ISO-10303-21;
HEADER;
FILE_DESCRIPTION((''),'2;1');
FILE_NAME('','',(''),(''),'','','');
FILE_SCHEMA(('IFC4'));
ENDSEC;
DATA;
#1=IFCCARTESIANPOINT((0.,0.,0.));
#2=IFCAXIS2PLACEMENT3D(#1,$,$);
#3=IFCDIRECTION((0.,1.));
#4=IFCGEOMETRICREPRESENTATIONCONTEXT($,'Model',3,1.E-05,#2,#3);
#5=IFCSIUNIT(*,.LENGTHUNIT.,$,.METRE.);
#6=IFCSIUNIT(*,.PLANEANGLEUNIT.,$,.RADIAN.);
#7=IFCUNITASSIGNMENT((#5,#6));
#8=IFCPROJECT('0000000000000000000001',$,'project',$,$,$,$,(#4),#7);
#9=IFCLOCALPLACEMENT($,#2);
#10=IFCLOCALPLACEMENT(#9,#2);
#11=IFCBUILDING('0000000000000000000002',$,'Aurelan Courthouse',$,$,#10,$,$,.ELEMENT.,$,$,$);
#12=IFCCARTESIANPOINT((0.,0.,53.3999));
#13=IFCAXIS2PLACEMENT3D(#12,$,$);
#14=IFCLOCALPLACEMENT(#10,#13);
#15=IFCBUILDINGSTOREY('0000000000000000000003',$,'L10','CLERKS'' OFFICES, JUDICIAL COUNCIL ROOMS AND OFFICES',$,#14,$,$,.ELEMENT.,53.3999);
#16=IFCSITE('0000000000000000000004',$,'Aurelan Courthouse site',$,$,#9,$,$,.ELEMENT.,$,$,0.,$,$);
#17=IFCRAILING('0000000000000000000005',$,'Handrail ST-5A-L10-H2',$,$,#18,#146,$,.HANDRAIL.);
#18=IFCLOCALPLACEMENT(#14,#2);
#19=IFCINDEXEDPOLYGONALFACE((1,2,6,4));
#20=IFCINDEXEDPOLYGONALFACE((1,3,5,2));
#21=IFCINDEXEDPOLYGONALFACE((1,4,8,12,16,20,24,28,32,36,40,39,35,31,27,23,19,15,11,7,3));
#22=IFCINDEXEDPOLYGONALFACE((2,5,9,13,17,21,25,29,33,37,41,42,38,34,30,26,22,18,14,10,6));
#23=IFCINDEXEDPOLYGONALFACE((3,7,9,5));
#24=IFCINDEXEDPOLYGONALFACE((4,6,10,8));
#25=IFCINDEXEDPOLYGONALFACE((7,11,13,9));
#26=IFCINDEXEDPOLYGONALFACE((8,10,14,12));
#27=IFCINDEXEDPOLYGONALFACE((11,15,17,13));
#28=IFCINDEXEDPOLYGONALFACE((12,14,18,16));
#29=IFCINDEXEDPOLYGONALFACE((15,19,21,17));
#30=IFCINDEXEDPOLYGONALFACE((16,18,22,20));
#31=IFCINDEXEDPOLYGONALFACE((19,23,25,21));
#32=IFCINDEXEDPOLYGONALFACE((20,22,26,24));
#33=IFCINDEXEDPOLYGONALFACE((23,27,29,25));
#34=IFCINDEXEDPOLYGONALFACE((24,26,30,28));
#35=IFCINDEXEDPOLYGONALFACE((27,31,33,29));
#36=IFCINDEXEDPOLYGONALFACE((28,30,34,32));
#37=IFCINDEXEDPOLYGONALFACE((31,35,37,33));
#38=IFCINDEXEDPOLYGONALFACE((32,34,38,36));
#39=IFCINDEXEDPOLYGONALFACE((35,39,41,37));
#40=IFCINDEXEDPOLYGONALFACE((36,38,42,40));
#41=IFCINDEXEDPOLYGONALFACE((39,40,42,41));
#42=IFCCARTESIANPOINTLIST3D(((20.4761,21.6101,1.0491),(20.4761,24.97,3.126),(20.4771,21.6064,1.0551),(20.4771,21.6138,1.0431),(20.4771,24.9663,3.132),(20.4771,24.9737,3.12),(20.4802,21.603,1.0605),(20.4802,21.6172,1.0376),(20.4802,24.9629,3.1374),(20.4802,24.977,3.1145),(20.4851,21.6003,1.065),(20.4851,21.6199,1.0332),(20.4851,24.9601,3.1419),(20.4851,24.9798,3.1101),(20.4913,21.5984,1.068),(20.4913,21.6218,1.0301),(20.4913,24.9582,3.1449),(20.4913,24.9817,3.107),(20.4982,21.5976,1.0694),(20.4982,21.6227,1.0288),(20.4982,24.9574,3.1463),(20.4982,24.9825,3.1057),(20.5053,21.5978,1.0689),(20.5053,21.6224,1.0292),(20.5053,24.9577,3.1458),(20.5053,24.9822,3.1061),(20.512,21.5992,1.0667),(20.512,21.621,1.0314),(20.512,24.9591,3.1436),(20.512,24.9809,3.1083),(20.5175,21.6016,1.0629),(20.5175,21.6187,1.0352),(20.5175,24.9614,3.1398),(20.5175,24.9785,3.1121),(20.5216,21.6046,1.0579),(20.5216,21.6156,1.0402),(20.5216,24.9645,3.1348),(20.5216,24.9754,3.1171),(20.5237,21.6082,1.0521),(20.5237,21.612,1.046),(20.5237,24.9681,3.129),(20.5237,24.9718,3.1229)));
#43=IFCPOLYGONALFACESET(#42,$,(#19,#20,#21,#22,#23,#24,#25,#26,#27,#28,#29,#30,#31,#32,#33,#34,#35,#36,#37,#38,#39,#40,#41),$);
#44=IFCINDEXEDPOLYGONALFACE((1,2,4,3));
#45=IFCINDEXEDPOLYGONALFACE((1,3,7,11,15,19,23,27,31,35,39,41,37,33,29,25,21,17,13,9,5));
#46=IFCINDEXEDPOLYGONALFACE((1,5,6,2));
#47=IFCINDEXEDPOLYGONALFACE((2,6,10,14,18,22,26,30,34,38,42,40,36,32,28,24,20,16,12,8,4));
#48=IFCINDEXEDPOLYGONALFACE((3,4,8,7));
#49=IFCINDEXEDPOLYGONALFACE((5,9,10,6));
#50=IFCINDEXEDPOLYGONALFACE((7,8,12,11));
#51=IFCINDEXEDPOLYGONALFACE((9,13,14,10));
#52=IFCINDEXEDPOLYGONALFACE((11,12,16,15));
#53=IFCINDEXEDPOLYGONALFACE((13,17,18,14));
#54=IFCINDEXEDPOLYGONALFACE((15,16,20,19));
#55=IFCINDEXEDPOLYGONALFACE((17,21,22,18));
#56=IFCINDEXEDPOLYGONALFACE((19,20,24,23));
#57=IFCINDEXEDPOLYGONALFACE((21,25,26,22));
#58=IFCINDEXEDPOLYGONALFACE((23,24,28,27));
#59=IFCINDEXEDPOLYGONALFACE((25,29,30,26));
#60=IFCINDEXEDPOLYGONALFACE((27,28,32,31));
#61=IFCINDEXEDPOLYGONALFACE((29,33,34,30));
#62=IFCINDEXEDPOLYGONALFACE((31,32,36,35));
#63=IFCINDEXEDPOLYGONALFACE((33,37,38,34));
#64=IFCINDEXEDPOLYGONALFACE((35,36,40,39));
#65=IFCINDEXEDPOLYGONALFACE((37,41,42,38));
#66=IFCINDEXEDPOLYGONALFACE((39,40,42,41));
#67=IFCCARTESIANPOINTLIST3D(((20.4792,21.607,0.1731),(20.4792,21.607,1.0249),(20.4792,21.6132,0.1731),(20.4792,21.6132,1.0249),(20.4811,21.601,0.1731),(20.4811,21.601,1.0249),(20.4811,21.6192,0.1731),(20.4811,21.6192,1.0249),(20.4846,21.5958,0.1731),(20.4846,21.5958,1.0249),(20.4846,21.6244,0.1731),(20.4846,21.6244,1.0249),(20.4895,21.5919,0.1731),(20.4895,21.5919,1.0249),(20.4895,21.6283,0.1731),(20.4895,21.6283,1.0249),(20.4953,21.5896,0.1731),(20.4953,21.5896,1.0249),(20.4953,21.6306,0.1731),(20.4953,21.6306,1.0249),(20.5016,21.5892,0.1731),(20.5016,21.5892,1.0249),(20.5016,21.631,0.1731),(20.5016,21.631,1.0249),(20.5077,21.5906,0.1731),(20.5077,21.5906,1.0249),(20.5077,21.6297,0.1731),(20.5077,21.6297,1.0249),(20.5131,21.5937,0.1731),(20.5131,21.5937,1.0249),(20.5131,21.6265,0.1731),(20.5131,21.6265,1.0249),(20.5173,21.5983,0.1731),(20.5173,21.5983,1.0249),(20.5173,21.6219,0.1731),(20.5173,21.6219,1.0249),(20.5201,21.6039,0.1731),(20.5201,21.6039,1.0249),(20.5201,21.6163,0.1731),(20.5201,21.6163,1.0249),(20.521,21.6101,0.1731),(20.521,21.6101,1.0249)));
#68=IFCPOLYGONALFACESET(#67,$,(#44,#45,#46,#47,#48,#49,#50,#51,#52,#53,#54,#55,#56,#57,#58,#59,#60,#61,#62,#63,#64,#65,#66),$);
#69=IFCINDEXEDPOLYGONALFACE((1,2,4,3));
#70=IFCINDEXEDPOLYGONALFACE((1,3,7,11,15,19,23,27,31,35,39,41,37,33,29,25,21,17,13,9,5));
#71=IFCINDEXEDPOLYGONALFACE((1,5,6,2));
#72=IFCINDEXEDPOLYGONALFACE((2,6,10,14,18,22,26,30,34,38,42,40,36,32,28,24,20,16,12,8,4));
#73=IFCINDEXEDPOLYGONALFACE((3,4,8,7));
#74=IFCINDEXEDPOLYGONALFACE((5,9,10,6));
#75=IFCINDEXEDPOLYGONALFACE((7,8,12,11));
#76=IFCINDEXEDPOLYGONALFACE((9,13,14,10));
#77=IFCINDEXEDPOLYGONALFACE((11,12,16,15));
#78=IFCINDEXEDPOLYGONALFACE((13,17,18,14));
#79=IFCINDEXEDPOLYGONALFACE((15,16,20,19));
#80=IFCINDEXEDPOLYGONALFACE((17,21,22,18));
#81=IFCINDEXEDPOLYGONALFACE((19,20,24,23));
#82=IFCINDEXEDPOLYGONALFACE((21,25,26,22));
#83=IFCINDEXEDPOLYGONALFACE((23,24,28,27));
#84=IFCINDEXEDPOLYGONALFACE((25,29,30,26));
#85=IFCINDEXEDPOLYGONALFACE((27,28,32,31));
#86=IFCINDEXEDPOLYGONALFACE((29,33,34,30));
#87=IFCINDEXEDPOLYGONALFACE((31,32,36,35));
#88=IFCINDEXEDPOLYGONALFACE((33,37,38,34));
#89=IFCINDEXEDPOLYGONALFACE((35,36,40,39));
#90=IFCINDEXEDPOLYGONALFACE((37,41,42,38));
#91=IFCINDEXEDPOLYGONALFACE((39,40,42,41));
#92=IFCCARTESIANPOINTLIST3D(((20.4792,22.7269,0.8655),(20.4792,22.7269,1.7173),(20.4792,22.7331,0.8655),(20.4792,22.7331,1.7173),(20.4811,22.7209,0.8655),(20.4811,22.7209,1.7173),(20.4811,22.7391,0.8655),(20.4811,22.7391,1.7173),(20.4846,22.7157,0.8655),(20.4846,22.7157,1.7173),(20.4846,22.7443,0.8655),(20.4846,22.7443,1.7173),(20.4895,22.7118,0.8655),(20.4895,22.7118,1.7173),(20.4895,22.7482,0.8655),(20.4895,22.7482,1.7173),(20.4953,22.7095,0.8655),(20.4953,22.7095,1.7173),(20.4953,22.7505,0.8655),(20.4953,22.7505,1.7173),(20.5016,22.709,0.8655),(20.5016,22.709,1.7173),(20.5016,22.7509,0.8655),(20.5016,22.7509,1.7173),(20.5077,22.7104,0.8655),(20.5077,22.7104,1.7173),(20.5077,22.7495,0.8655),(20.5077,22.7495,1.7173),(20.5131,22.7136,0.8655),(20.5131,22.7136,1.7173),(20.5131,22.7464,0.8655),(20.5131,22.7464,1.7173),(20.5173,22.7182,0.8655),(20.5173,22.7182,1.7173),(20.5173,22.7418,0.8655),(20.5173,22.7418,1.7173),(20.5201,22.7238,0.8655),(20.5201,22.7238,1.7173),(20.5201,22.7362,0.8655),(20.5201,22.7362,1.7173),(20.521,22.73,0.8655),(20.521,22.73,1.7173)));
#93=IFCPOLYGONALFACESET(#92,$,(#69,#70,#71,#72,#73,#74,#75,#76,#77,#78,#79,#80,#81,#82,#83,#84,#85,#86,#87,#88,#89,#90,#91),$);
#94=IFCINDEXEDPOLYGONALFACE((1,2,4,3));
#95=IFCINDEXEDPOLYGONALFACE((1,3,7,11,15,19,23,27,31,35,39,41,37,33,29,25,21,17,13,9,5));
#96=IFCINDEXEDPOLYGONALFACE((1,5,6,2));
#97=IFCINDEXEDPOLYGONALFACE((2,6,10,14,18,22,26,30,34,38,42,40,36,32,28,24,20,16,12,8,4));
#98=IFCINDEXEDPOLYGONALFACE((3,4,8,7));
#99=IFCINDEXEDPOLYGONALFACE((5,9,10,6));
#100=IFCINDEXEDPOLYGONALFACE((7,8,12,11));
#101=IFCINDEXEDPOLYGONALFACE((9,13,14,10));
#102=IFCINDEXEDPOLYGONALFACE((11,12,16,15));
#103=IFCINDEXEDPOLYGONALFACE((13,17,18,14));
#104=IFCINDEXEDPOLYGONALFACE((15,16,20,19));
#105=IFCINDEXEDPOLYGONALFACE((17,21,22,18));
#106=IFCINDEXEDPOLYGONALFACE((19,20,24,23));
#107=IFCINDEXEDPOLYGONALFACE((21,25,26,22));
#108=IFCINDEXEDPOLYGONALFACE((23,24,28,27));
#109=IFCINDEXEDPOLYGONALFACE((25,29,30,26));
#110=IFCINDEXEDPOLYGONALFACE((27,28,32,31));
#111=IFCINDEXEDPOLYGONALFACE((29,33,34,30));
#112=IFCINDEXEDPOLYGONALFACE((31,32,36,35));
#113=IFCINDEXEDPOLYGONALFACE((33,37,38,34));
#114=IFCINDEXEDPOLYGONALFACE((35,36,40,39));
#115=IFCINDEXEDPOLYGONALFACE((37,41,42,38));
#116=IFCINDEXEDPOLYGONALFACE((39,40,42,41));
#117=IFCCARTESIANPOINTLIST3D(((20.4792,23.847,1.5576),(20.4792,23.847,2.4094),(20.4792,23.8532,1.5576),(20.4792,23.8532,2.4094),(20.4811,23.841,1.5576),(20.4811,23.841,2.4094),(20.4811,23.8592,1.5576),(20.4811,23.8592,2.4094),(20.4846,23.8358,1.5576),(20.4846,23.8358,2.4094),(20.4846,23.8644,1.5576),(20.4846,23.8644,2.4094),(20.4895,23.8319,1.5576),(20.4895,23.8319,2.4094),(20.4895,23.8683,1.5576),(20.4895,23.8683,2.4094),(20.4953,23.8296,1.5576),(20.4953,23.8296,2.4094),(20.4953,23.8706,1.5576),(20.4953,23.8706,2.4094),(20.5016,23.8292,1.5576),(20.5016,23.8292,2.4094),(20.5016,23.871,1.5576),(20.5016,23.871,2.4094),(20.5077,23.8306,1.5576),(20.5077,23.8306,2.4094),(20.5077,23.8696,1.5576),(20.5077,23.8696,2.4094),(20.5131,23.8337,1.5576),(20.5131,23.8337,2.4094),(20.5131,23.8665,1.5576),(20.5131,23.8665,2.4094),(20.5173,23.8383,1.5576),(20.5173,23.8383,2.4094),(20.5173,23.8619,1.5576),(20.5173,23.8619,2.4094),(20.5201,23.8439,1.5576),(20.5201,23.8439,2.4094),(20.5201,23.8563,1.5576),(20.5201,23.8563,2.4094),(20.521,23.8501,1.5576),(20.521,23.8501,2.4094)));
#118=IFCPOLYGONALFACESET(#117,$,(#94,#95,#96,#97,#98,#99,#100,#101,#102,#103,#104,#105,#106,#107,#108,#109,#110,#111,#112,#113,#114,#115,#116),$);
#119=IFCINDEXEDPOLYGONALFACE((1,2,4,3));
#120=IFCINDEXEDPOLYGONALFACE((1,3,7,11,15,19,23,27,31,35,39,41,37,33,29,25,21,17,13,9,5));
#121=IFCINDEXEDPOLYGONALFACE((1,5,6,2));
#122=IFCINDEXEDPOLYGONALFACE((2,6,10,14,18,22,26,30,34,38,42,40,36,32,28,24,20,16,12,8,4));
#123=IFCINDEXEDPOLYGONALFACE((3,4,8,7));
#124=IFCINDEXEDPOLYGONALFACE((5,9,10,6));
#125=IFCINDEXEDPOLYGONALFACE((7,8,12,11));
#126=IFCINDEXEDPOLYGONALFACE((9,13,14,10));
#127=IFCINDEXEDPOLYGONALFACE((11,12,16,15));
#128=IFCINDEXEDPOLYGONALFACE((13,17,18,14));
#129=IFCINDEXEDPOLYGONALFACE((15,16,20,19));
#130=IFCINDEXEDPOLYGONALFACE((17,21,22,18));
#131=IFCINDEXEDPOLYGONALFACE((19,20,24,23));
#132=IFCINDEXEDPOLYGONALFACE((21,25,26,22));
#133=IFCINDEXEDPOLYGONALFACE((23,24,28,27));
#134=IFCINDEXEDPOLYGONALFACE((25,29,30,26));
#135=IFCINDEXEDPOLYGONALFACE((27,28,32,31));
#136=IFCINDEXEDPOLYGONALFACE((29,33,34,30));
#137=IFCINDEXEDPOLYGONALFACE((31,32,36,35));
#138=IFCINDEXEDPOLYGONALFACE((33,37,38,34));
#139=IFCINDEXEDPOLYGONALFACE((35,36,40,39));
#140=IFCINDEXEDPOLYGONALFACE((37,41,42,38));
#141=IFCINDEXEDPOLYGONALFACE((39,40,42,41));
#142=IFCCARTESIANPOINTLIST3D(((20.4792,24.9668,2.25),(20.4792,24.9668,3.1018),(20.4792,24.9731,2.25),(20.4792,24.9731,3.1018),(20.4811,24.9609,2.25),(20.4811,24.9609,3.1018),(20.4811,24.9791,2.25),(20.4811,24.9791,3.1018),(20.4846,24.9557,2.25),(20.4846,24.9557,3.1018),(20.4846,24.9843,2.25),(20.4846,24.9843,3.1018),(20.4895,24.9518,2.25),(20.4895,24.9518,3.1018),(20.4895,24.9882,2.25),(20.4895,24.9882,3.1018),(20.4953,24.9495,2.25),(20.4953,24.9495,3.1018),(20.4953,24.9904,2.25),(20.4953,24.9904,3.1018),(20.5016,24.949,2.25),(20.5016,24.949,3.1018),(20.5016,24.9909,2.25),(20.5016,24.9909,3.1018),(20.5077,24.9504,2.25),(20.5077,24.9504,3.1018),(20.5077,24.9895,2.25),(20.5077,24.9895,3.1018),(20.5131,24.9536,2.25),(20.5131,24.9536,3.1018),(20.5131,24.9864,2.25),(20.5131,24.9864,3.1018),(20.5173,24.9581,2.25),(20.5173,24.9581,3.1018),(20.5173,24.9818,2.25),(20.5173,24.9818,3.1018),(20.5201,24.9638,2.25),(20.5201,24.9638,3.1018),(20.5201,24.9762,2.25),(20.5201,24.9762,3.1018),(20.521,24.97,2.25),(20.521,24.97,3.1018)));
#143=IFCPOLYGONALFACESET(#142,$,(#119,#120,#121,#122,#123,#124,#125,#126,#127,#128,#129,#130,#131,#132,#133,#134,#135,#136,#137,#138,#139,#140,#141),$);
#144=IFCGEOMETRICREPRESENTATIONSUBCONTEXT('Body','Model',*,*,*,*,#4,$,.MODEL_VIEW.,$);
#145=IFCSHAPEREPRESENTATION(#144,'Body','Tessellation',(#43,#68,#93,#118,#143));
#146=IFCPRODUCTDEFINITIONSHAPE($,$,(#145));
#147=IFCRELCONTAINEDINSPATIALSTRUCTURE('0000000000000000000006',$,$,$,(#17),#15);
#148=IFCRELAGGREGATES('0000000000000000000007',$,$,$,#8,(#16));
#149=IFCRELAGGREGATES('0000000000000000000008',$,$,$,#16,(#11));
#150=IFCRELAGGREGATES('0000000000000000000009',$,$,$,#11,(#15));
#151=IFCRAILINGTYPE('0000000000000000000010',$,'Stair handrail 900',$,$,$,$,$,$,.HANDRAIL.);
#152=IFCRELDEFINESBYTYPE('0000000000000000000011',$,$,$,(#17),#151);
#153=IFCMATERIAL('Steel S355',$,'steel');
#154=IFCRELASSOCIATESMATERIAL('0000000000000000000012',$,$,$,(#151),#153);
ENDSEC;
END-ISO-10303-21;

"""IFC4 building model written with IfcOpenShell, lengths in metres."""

from ifc_helpers import new_model, si_unit, direction, frame, origin, origin_2d, place, context, subcontext, project, spatial, circle, extrude, material, type_object, element, save


model = new_model("IFC4")

# Units and contexts
model_context = context("Model", 3, precision=1e-05, world=origin(), true_north=direction((0.0, 1.0)))
body_context = subcontext(model_context, "Body", "Model", "MODEL_VIEW")
ifc_project = project(units=[si_unit("LENGTHUNIT", "METRE"), si_unit("PLANEANGLEUNIT", "RADIAN")], contexts=[model_context])

# Site, building, storey
site_placement = place(None, origin())
site = spatial("IfcSite", under=ifc_project, at=site_placement, Name="Aurelan Courthouse site", CompositionType="ELEMENT", RefElevation=0.0)
building_placement = place(site_placement, origin())
building = spatial("IfcBuilding", under=site, at=building_placement, Name="Aurelan Courthouse", CompositionType="ELEMENT")
storey_placement = place(building_placement, frame((0.0, 0.0, 53.3999)))
storey = spatial("IfcBuildingStorey", under=building, at=storey_placement, Name="L10", Description="CLERKS' OFFICES, JUDICIAL COUNCIL ROOMS AND OFFICES", CompositionType="ELEMENT", Elevation=53.3999)

# Railing
ifc_material_1 = material(Name="Steel S355", Category="steel")
railing_type_1 = type_object("IfcRailingType", Name="Stair handrail 900", PredefinedType="HANDRAIL", material=ifc_material_1)
for number, where, name in (
    (1, (20.5, 21.6101, 0.1731), "Handrail ST-5A-L10-H2"),
):
    element("IfcRailing", number, at=place(storey_placement, frame(where)), inside=storey, type_object=railing_type_1, Name=name, PredefinedType="HANDRAIL", context=body_context, shape_type="SweptSolid", body=[
        extrude(circle(Radius=0.0239, at=origin_2d()), frame((0.0, 0.0, 0.876), z_axis=(0.0, 0.850606, 0.525803), x_axis=(-1.0, 0.0, 0.0)), (0.0, 0.0, 1.0), 3.95),
        extrude(circle(Radius=0.021, at=origin_2d()), origin(), (0.0, 0.0, 1.0), 0.8518),
        extrude(circle(Radius=0.021, at=origin_2d()), frame((0.0, 1.1199, 0.6924)), (0.0, 0.0, 1.0), 0.8518),
        extrude(circle(Radius=0.021, at=origin_2d()), frame((0.0, 2.24, 1.3845)), (0.0, 0.0, 1.0), 0.8518),
        extrude(circle(Radius=0.021, at=origin_2d()), frame((0.0, 3.3599, 2.0769)), (0.0, 0.0, 1.0), 0.8518),
    ])

save(model, "model.ifc")
